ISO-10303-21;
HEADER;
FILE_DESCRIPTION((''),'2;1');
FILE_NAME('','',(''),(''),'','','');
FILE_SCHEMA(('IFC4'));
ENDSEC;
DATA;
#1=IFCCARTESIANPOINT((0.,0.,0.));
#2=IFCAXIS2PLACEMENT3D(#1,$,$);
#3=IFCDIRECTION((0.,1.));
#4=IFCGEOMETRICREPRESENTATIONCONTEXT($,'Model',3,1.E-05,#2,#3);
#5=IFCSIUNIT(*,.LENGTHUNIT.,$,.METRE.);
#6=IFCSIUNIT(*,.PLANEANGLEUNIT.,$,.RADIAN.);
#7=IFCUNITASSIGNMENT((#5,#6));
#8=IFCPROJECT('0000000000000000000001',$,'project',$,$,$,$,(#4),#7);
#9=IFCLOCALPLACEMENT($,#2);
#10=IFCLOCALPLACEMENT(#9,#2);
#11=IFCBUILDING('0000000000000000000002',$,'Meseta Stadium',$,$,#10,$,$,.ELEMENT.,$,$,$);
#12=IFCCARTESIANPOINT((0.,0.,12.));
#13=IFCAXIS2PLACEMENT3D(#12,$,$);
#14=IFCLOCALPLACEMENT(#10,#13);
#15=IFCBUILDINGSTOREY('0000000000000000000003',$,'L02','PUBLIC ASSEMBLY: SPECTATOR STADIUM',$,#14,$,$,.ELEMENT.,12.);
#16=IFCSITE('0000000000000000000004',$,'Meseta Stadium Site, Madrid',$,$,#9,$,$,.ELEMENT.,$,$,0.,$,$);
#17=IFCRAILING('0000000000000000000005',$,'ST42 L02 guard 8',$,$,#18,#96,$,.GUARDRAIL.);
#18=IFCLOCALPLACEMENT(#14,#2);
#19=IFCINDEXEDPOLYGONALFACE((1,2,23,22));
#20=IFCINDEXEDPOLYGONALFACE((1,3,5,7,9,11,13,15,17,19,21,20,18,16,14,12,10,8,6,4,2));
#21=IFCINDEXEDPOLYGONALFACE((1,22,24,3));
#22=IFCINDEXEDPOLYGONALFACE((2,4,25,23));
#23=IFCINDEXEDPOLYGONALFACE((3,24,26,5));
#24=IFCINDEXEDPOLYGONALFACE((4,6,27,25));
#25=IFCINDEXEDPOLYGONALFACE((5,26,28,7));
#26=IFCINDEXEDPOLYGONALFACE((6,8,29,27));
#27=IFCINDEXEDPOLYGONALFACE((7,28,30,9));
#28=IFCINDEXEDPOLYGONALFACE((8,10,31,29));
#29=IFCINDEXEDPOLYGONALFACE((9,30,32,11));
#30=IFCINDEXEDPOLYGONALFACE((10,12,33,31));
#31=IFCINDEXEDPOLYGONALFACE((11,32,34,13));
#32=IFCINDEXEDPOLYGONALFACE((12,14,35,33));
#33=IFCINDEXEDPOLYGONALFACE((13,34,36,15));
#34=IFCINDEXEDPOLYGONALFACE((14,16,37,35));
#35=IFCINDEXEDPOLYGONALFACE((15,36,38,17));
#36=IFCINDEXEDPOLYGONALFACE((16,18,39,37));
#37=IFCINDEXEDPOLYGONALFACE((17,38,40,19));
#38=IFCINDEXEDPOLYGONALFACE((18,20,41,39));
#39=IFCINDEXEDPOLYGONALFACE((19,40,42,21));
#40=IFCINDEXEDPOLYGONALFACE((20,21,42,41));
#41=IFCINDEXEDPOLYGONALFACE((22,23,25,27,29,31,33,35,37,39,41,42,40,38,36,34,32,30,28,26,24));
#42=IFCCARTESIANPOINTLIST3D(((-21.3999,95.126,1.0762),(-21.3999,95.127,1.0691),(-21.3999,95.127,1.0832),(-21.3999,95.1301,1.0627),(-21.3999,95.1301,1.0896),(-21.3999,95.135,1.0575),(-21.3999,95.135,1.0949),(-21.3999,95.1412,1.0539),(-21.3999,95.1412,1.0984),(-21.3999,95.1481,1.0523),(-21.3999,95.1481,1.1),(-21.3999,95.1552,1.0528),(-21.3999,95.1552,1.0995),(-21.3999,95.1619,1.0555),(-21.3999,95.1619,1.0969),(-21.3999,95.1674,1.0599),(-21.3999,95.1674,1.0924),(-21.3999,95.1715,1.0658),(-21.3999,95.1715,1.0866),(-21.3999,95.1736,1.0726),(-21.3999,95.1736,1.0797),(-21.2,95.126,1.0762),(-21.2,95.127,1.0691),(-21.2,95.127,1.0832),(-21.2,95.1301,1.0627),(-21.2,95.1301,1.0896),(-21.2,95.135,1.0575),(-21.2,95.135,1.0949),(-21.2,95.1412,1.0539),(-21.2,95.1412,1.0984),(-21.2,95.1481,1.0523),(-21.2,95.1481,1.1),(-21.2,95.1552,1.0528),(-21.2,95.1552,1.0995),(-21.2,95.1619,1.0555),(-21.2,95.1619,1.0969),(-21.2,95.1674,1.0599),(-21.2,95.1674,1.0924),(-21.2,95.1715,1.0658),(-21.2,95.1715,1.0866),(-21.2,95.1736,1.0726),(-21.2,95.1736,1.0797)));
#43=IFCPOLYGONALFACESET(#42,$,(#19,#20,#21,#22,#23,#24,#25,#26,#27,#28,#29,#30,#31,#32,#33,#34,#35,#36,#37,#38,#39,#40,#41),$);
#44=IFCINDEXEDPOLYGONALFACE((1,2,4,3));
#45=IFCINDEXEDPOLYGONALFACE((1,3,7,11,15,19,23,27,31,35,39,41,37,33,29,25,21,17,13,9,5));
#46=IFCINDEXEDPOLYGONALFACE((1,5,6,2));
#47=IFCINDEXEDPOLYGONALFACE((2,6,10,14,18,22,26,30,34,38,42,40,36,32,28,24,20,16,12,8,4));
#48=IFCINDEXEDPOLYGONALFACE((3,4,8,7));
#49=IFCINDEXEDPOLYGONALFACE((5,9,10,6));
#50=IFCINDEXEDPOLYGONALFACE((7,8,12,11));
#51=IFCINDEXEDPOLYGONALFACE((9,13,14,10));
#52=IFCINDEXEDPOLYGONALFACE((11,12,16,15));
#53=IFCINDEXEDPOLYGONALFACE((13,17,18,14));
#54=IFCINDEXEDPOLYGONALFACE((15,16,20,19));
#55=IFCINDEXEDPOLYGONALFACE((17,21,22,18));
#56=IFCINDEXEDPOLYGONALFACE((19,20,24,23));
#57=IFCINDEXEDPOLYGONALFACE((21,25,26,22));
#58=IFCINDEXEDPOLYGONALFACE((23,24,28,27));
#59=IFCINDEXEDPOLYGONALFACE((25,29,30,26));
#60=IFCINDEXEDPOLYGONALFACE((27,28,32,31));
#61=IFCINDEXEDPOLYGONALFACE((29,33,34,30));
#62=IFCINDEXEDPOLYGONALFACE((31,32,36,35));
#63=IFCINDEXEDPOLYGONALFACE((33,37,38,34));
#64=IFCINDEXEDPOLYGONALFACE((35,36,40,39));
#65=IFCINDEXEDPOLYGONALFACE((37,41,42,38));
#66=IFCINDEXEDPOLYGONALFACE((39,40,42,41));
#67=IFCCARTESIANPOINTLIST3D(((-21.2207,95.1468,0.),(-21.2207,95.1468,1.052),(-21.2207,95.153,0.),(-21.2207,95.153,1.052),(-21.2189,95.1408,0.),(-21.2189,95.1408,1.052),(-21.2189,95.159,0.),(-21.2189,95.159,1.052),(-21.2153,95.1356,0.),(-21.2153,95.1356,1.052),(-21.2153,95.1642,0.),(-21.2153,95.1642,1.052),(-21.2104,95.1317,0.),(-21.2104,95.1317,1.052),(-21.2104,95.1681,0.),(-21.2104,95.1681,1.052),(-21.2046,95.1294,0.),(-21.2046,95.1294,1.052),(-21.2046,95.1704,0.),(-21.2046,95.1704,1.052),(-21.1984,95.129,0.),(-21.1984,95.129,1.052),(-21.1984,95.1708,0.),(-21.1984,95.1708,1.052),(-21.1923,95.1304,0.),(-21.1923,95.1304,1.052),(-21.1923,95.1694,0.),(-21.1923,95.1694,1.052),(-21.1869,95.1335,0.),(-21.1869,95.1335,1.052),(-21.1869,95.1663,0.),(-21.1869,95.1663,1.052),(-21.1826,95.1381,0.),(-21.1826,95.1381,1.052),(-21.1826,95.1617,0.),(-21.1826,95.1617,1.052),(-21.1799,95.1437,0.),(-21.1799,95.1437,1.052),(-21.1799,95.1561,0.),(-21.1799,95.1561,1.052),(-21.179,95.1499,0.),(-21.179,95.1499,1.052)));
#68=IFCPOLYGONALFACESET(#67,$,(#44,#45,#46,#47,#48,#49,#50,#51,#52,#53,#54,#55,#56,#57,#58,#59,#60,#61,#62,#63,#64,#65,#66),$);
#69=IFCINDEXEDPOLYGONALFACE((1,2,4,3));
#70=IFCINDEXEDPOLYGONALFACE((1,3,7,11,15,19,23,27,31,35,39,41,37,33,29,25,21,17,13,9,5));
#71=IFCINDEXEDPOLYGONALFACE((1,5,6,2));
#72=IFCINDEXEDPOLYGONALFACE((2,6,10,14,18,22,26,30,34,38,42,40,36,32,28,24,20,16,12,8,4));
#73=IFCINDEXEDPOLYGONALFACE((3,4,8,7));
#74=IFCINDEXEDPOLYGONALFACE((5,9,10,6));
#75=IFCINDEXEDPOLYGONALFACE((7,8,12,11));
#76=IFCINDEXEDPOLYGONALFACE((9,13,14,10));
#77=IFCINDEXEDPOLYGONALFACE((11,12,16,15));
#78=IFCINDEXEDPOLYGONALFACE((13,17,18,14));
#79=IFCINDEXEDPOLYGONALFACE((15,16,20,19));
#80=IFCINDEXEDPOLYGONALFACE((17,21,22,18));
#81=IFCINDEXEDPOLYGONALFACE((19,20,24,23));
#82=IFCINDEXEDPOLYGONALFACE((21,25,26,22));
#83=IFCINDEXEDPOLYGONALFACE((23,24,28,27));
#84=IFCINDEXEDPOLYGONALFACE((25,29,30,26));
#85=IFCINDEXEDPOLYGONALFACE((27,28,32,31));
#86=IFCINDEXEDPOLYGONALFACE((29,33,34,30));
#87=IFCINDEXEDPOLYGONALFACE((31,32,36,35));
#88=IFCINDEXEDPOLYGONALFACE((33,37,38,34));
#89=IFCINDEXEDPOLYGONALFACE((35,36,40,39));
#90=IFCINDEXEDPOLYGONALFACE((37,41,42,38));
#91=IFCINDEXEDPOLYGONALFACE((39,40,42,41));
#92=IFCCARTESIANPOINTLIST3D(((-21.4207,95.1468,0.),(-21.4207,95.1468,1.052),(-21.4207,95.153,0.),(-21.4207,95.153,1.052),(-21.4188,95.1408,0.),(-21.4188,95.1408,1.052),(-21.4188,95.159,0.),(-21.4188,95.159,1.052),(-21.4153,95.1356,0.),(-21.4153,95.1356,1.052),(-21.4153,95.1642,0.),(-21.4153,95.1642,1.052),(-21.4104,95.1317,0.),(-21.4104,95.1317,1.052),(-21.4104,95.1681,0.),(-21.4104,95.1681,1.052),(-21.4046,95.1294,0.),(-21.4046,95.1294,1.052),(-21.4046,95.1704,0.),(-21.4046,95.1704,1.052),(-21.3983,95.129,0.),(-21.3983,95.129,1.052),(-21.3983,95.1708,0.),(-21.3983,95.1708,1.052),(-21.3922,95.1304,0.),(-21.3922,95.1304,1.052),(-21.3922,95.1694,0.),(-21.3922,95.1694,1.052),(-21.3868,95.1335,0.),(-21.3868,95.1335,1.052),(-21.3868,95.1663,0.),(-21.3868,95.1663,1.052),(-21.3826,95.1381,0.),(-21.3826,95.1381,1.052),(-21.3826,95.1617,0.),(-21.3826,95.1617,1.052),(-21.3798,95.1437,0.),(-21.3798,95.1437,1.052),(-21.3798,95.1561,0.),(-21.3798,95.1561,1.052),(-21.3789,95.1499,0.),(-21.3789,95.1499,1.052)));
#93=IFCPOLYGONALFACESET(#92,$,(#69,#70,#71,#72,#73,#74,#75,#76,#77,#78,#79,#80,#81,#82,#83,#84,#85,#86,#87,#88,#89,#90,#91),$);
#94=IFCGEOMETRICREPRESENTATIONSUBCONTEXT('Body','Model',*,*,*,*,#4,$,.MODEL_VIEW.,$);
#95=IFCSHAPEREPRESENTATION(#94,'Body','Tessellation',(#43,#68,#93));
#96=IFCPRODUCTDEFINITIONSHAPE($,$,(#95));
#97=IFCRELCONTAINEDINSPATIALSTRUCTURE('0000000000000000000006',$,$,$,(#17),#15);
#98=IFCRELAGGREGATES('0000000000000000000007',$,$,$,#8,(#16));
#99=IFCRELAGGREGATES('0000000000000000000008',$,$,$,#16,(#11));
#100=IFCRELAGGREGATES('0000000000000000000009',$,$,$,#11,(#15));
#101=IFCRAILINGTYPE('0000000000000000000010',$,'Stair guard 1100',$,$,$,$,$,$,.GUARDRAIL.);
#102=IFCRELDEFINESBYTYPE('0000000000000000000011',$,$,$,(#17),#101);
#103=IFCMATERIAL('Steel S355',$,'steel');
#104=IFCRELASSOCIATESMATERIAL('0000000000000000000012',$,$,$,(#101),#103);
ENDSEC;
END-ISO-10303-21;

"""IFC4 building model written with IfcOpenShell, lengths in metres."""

from ifc_helpers import new_model, si_unit, direction, frame, origin, origin_2d, place, context, subcontext, project, spatial, circle, extrude, material, type_object, element, save


model = new_model("IFC4")

# Units and contexts
model_context = context("Model", 3, precision=1e-05, world=origin(), true_north=direction((0.0, 1.0)))
body_context = subcontext(model_context, "Body", "Model", "MODEL_VIEW")
ifc_project = project(units=[si_unit("LENGTHUNIT", "METRE"), si_unit("PLANEANGLEUNIT", "RADIAN")], contexts=[model_context])

# Site, building, storey
site_placement = place(None, origin())
site = spatial("IfcSite", under=ifc_project, at=site_placement, Name="Meseta Stadium Site, Madrid", CompositionType="ELEMENT", RefElevation=0.0)
building_placement = place(site_placement, origin())
building = spatial("IfcBuilding", under=site, at=building_placement, Name="Meseta Stadium", CompositionType="ELEMENT")
storey_placement = place(building_placement, frame((0.0, 0.0, 12.0)))
storey = spatial("IfcBuildingStorey", under=building, at=storey_placement, Name="L02", Description="PUBLIC ASSEMBLY: SPECTATOR STADIUM", CompositionType="ELEMENT", Elevation=12.0)

# Railing
ifc_material_1 = material(Name="Steel S355", Category="steel")
railing_type_1 = type_object("IfcRailingType", Name="Stair guard 1100", PredefinedType="GUARDRAIL", material=ifc_material_1)
railing_1_placement = place(storey_placement, frame((-21.2, 95.1499, 0.0)))
element("IfcRailing", 1, at=railing_1_placement, inside=storey, type_object=railing_type_1, Name="ST42 L02 guard 8", PredefinedType="GUARDRAIL", context=body_context, shape_type="SweptSolid", body=[
    extrude(circle(Radius=0.0239, at=origin_2d()), frame((0.0, 0.0, 1.0762), z_axis=(-1.0, 0.0, 0.0), x_axis=(0.0, -1.0, 0.0)), (0.0, 0.0, 1.0), 0.2),
    extrude(circle(Radius=0.021, at=origin_2d()), origin(), (0.0, 0.0, 1.0), 1.052),
    extrude(circle(Radius=0.021, at=origin_2d()), frame((-0.2, 0.0, 0.0)), (0.0, 0.0, 1.0), 1.052),
])

save(model, "model.ifc")
